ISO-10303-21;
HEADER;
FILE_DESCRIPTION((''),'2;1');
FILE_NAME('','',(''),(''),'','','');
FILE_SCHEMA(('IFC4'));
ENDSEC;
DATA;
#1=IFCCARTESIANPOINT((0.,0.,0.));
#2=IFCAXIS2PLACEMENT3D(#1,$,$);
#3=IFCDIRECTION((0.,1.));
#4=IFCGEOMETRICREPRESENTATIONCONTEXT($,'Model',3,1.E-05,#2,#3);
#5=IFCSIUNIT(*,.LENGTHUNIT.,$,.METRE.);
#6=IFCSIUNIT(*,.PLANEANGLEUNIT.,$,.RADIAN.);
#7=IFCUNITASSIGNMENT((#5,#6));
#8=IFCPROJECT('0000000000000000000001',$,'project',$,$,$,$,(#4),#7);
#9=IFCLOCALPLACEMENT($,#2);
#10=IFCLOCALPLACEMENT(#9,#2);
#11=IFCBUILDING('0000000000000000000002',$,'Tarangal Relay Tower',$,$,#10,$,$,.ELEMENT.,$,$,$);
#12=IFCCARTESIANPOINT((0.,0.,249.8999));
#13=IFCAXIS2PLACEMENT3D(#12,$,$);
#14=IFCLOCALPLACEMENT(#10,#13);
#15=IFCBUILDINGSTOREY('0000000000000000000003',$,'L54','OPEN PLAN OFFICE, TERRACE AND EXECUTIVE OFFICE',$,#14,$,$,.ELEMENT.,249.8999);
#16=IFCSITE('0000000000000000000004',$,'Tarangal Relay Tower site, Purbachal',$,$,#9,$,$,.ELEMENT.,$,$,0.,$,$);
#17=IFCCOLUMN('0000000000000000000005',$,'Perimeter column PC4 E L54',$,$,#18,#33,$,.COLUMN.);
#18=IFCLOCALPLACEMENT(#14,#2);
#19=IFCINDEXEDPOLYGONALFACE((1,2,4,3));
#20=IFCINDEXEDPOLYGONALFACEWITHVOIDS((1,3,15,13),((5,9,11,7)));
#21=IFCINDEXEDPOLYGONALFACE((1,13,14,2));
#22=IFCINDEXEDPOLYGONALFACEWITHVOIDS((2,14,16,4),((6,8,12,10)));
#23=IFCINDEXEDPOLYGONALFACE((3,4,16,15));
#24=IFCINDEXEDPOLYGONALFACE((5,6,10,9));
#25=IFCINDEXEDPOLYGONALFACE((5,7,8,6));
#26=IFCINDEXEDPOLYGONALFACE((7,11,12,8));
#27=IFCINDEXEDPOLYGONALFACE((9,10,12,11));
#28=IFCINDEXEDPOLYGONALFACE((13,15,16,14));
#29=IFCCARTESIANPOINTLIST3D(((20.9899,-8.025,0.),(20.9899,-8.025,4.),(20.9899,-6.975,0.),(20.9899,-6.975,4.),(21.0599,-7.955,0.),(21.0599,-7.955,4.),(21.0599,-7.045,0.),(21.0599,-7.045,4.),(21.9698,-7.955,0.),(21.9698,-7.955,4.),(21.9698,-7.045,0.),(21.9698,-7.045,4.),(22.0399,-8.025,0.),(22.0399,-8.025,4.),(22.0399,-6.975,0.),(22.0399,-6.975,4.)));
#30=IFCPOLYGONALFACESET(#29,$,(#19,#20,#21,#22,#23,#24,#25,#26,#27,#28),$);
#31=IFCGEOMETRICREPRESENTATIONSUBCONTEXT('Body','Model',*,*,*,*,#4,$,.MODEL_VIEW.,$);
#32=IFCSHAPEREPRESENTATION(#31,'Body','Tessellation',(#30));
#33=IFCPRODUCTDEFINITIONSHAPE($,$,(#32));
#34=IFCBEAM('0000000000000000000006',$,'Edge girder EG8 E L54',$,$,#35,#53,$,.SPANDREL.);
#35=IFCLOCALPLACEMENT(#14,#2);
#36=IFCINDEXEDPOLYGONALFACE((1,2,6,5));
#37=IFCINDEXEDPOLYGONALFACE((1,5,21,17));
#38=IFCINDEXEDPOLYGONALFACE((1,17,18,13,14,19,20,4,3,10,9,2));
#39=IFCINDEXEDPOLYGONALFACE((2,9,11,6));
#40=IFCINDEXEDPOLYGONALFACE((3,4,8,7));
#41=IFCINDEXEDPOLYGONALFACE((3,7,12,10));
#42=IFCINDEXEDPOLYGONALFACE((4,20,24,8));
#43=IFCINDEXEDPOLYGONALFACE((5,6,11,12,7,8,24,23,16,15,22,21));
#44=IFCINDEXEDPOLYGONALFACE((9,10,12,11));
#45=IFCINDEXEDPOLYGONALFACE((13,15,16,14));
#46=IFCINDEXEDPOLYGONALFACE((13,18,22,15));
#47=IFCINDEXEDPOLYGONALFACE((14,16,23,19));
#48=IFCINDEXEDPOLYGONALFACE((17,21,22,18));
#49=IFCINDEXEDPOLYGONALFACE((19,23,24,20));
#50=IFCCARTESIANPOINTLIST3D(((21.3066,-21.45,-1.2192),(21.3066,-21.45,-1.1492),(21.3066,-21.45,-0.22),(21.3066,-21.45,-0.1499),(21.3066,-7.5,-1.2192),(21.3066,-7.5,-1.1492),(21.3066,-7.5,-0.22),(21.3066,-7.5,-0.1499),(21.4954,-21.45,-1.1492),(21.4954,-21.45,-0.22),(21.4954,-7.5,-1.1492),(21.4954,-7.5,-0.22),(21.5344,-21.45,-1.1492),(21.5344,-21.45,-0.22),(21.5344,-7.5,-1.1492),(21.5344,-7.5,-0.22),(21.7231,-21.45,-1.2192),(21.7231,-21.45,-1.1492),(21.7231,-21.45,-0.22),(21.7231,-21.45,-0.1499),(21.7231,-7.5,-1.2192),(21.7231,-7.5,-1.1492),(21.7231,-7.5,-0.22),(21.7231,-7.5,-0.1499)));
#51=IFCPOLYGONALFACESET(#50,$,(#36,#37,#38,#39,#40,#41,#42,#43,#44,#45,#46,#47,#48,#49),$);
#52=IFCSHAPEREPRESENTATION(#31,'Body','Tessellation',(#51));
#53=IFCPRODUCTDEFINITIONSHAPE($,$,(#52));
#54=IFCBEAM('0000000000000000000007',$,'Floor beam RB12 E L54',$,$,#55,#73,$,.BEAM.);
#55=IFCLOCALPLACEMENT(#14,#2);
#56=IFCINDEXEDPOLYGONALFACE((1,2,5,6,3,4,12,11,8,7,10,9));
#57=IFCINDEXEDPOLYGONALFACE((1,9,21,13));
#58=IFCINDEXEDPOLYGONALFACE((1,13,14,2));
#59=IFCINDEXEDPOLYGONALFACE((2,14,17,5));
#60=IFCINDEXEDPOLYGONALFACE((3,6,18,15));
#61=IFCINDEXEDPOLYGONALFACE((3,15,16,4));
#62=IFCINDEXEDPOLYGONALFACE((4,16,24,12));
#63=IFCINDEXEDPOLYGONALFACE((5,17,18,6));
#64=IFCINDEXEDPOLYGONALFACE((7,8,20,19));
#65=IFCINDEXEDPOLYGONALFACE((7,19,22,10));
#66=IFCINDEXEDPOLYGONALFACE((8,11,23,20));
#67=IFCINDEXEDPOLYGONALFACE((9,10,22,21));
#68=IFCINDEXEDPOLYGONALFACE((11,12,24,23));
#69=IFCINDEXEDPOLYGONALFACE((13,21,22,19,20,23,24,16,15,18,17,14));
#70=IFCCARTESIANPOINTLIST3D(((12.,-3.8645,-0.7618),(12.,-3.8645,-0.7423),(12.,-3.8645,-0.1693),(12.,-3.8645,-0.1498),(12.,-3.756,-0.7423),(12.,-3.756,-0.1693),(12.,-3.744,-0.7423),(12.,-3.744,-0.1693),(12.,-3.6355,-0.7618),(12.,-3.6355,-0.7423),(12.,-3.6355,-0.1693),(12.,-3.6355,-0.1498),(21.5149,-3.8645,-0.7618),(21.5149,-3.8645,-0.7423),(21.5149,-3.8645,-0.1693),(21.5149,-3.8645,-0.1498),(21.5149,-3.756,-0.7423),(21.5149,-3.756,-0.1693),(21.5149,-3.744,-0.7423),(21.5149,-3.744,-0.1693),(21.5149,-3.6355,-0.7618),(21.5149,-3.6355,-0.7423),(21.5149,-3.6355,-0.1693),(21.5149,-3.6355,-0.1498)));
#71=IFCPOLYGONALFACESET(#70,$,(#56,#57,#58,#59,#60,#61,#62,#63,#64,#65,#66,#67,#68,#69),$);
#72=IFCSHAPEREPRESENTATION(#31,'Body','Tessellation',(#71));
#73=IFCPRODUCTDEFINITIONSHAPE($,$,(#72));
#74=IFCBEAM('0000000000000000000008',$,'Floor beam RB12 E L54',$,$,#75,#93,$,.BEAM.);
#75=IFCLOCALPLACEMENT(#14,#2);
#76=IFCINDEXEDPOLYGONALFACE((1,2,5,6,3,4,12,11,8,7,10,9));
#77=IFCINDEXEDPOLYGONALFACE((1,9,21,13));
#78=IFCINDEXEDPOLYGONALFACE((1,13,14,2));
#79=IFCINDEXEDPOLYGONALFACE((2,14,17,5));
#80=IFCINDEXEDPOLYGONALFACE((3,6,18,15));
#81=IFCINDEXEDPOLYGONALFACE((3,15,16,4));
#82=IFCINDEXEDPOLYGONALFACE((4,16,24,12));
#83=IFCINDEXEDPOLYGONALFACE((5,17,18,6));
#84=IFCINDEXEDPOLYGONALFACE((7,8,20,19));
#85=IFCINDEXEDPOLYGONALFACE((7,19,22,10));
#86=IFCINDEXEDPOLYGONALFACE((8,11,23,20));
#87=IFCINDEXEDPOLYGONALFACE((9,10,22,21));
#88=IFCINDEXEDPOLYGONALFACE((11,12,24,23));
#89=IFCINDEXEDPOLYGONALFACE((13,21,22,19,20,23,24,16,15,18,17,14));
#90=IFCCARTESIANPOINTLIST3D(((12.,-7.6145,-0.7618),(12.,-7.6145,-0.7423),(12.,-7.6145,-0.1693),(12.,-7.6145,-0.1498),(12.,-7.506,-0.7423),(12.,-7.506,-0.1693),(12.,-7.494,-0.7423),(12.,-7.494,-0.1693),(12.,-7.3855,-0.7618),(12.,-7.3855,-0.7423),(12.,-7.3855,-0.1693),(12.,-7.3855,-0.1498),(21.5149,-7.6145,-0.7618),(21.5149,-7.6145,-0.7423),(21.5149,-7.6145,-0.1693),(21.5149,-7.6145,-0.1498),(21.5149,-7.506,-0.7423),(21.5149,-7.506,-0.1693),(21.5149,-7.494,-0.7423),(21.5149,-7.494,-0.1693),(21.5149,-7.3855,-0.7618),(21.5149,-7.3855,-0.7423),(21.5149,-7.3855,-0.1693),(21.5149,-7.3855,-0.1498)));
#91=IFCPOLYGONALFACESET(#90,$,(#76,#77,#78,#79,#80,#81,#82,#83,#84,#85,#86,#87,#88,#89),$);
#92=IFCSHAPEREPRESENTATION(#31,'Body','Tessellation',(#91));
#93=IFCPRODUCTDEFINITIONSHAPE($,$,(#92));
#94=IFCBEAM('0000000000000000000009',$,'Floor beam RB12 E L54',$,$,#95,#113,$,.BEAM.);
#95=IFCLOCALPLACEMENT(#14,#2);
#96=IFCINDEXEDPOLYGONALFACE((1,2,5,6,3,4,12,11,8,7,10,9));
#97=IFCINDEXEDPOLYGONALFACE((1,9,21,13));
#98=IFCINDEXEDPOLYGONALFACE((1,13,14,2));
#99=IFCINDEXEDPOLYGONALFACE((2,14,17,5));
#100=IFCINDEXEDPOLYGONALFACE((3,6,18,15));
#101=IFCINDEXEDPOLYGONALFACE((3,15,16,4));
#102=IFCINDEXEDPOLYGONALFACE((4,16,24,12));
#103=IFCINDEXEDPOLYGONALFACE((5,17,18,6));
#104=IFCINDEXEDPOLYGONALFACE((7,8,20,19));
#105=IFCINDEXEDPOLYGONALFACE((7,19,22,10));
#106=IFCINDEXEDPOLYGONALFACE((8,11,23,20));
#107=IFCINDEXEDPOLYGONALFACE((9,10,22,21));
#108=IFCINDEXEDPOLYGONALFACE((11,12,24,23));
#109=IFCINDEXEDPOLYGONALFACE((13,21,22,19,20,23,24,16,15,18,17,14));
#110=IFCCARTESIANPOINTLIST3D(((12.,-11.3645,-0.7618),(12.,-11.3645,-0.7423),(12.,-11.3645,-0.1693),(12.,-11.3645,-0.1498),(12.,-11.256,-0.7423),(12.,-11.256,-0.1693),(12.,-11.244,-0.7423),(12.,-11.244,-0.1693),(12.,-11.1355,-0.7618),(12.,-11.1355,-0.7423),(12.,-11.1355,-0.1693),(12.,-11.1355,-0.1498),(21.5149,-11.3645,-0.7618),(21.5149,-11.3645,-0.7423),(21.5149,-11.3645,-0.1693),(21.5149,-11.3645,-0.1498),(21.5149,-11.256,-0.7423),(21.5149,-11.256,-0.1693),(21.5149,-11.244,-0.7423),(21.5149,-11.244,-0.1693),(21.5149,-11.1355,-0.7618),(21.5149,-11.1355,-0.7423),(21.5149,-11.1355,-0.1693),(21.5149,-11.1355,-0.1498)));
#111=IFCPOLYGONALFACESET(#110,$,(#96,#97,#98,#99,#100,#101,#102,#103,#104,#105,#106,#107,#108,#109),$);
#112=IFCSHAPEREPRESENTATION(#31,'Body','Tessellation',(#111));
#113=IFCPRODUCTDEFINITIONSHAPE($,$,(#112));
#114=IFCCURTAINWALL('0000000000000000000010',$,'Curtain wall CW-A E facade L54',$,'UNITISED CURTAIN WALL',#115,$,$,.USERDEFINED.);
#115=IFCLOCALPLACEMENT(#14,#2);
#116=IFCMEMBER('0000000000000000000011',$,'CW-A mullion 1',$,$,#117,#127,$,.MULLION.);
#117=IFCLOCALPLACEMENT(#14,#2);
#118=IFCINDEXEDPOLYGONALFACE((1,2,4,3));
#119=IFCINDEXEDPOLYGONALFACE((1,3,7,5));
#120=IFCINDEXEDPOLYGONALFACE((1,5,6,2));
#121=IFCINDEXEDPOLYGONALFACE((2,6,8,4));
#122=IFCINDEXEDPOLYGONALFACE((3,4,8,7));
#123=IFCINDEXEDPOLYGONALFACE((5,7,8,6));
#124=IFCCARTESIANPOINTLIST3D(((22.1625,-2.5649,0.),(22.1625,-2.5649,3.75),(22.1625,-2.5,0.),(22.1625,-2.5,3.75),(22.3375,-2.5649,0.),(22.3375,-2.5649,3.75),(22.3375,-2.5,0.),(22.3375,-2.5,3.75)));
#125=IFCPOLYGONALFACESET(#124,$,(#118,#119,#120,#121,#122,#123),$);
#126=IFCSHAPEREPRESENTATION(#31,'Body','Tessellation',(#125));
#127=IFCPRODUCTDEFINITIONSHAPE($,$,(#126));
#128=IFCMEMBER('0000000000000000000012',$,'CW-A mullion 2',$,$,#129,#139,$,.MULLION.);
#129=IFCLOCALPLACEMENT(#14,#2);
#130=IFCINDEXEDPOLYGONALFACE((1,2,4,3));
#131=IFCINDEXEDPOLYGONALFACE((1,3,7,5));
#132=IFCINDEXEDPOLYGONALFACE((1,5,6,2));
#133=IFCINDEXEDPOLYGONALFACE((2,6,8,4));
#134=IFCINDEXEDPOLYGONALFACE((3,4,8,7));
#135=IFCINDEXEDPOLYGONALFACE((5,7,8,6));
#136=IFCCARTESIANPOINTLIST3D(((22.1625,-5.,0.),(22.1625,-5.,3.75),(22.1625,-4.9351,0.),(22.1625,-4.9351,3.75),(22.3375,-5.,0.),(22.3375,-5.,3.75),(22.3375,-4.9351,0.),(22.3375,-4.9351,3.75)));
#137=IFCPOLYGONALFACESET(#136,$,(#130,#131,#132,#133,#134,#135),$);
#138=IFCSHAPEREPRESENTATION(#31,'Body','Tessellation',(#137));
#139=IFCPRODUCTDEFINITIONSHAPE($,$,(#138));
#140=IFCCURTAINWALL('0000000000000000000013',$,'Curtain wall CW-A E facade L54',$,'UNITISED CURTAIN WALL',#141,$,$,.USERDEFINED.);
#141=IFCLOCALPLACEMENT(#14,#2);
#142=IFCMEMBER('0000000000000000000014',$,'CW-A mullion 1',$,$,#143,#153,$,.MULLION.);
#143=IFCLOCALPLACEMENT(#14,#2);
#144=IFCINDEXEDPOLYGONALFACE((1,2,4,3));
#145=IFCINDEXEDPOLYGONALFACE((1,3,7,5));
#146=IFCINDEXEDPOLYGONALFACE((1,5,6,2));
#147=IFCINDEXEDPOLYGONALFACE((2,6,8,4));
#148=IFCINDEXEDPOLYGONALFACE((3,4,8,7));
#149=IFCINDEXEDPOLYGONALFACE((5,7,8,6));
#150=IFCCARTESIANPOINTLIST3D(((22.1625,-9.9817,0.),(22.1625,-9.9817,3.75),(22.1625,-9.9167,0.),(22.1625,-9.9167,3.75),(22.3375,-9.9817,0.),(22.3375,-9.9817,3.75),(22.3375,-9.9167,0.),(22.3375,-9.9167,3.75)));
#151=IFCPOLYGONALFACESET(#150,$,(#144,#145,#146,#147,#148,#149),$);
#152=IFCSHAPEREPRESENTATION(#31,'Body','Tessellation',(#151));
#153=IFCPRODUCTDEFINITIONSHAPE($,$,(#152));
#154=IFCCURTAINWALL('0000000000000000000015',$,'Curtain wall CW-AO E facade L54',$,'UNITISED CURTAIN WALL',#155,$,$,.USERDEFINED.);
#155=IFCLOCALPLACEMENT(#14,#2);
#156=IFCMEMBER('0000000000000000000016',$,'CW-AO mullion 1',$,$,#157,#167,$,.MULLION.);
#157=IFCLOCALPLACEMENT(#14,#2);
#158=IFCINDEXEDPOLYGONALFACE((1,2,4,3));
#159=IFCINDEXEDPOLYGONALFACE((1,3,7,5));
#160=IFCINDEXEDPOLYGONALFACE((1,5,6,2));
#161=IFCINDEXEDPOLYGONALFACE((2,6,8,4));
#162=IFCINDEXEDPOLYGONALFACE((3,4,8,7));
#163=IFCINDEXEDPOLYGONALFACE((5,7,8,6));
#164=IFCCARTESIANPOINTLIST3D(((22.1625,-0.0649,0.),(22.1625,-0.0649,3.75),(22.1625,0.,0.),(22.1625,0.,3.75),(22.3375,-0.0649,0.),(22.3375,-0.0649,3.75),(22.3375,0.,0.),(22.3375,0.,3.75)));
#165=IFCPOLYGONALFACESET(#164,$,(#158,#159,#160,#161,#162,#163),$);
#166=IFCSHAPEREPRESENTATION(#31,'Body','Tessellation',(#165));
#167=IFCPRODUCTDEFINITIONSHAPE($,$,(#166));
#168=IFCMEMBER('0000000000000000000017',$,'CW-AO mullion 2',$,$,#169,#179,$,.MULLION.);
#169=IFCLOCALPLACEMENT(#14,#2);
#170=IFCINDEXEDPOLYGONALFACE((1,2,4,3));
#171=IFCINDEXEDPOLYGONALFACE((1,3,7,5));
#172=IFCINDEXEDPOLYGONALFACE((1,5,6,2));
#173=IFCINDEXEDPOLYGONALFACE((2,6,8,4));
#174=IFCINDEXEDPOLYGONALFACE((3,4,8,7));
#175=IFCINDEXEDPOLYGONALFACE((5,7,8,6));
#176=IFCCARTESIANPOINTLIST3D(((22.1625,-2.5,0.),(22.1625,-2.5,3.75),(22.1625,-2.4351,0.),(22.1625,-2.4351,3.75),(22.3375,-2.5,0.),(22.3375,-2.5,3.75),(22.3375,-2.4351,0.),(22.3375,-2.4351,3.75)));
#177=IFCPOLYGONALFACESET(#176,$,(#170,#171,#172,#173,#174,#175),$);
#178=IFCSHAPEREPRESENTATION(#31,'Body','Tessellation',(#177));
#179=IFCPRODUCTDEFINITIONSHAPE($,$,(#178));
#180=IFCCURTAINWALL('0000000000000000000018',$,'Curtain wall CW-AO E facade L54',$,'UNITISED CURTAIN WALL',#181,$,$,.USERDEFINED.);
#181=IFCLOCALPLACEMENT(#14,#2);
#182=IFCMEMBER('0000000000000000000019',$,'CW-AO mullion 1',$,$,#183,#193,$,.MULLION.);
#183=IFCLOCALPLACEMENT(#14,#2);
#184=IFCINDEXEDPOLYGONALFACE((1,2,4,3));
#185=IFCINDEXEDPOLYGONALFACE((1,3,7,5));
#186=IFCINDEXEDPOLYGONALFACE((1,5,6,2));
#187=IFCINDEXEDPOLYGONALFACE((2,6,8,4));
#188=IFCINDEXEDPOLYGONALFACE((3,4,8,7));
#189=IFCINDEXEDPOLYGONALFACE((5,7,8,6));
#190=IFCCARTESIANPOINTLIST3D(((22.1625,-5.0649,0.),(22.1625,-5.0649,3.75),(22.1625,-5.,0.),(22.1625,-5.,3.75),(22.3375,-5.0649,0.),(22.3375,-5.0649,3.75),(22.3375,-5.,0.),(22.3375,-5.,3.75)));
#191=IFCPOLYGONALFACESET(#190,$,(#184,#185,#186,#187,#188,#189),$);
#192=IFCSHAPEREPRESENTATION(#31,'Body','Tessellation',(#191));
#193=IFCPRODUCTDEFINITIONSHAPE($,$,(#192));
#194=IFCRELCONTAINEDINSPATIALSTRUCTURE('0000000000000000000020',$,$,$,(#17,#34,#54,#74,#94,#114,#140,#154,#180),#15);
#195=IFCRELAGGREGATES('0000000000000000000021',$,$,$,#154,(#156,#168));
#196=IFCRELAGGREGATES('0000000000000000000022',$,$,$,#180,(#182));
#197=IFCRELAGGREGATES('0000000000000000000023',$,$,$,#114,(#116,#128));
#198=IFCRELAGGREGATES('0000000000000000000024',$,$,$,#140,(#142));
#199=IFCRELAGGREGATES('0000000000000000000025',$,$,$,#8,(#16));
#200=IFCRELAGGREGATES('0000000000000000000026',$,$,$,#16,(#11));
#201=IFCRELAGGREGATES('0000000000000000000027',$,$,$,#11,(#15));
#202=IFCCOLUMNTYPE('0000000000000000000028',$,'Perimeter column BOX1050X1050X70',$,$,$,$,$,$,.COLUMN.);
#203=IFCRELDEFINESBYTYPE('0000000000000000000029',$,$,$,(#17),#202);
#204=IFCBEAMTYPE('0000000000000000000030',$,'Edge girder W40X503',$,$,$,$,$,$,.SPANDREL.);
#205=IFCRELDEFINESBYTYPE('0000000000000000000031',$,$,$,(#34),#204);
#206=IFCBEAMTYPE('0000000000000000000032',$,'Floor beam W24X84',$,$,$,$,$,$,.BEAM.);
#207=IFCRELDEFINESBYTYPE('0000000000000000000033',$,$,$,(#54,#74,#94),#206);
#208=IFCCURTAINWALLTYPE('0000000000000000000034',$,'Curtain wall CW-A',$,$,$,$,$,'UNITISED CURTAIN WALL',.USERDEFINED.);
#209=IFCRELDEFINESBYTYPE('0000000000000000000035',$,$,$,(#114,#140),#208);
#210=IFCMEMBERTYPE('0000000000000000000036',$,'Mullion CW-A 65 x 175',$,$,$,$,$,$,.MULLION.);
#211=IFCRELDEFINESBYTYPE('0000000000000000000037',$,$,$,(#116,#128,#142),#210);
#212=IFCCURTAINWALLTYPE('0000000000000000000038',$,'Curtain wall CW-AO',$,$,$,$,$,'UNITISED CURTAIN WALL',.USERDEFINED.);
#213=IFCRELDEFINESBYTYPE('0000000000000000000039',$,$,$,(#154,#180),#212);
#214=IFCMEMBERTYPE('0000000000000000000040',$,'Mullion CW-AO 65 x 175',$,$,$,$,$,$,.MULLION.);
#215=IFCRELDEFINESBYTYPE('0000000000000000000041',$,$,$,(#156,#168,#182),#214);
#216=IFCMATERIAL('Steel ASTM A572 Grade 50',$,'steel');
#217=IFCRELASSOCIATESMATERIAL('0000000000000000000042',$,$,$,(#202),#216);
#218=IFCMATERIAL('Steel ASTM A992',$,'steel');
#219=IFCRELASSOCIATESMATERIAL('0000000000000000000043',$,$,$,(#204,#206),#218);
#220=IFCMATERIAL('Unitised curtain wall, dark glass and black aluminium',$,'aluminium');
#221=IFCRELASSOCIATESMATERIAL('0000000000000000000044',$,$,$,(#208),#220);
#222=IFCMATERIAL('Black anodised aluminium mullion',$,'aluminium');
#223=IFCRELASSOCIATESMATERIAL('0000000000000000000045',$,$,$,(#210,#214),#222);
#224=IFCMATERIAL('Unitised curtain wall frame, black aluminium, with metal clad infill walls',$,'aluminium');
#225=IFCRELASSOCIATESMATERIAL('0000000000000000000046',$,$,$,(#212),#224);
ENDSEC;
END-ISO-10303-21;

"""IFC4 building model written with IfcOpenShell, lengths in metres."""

from ifc_helpers import new_model, si_unit, direction, frame, origin, origin_2d, place, context, subcontext, project, spatial, rectangle, hollow_rectangle, i_section, extrude, material, material_profile, profile_set, type_object, element, aggregate, save


model = new_model("IFC4")

# Units and contexts
model_context = context("Model", 3, precision=1e-05, world=origin(), true_north=direction((0.0, 1.0)))
body_context = subcontext(model_context, "Body", "Model", "MODEL_VIEW")
ifc_project = project(units=[si_unit("LENGTHUNIT", "METRE"), si_unit("PLANEANGLEUNIT", "RADIAN")], contexts=[model_context])

# Site, building, storey
site_placement = place(None, origin())
site = spatial("IfcSite", under=ifc_project, at=site_placement, Name="Tarangal Relay Tower site, Purbachal", CompositionType="ELEMENT", RefElevation=0.0)
building_placement = place(site_placement, origin())
building = spatial("IfcBuilding", under=site, at=building_placement, Name="Tarangal Relay Tower", CompositionType="ELEMENT")
storey_placement = place(building_placement, frame((0.0, 0.0, 249.8999)))
storey = spatial("IfcBuildingStorey", under=building, at=storey_placement, Name="L54", Description="OPEN PLAN OFFICE, TERRACE AND EXECUTIVE OFFICE", CompositionType="ELEMENT", Elevation=249.8999)

# Column
ifc_material_1 = material(Name="Steel ASTM A572 Grade 50", Category="steel")
ifc_material_profile_1 = material_profile(ifc_material_1, hollow_rectangle(XDim=1.05, YDim=1.05, WallThickness=0.0701, at=origin_2d()), Name="BOX1050X1050X70")
ifc_profile_set_1 = profile_set([ifc_material_profile_1], Name="Steel ASTM A572 Grade 50")
column_type = type_object("IfcColumnType", Name="Perimeter column BOX1050X1050X70", PredefinedType="COLUMN", material=ifc_profile_set_1)
column_placement = place(storey_placement, frame((21.5149, -7.5, 0.0), z_axis=(0.0, 0.0, 1.0), x_axis=(1.0, 0.0, 0.0)))
element("IfcColumn", 1, at=column_placement, inside=storey, type_object=column_type, Name="Perimeter column PC4 E L54", PredefinedType="COLUMN", context=body_context, shape_type="SweptSolid", body=[
    extrude(hollow_rectangle(XDim=1.05, YDim=1.05, WallThickness=0.0701, at=origin_2d()), origin(), (0.0, 0.0, 1.0), 4.0),
])

# Beams
ifc_material_2 = material(Name="Steel ASTM A992", Category="steel")
ifc_material_profile_2 = material_profile(ifc_material_2, i_section(OverallWidth=0.4165, OverallDepth=1.0693, WebThickness=0.0391, FlangeThickness=0.0701, at=origin_2d()), Name="W40X503")
ifc_profile_set_2 = profile_set([ifc_material_profile_2], Name="Steel ASTM A992")
beam_type_1 = type_object("IfcBeamType", Name="Edge girder W40X503", PredefinedType="SPANDREL", material=ifc_profile_set_2)
beam_placement = place(storey_placement, frame((21.5149, -7.5, -0.6846), z_axis=(0.0, -1.0, 0.0), x_axis=(1.0, 0.0, 0.0)))
element("IfcBeam", 2, at=beam_placement, inside=storey, type_object=beam_type_1, Name="Edge girder EG8 E L54", PredefinedType="SPANDREL", context=body_context, shape_type="SweptSolid", body=[
    extrude(i_section(OverallWidth=0.4165, OverallDepth=1.0693, WebThickness=0.0391, FlangeThickness=0.0701, at=origin_2d()), origin(), (0.0, 0.0, 1.0), 13.95),
])
ifc_material_profile_3 = material_profile(ifc_material_2, i_section(OverallWidth=0.229, OverallDepth=0.6121, WebThickness=0.012, FlangeThickness=0.0195, at=origin_2d()), Name="W24X84")
ifc_profile_set_3 = profile_set([ifc_material_profile_3], Name="Steel ASTM A992")
beam_type_2 = type_object("IfcBeamType", Name="Floor beam W24X84", PredefinedType="BEAM", material=ifc_profile_set_3)
for number, where, z_axis, x_axis, name in (
    (3, (12.0, -3.75, -0.4558), (1.0, 0.0, 0.0), (0.0, 1.0, 0.0), "Floor beam RB12 E L54"),
    (4, (12.0, -7.5, -0.4558), (1.0, 0.0, 0.0), (0.0, 1.0, 0.0), "Floor beam RB12 E L54"),
    (5, (12.0, -11.25, -0.4558), (1.0, 0.0, 0.0), (0.0, 1.0, 0.0), "Floor beam RB12 E L54"),
):
    element("IfcBeam", number, at=place(storey_placement, frame(where, z_axis=z_axis, x_axis=x_axis)), inside=storey, type_object=beam_type_2, Name=name, PredefinedType="BEAM", context=body_context, shape_type="SweptSolid", body=[
        extrude(i_section(OverallWidth=0.229, OverallDepth=0.6121, WebThickness=0.012, FlangeThickness=0.0195, at=origin_2d()), origin(), (0.0, 0.0, 1.0), 9.5149),
    ])

# Curtain wall, members
ifc_material_3 = material(Name="Unitised curtain wall, dark glass and black aluminium", Category="aluminium")
curtain_wall_type_1 = type_object("IfcCurtainWallType", Name="Curtain wall CW-A", ElementType="UNITISED CURTAIN WALL", PredefinedType="USERDEFINED", material=ifc_material_3)
curtain_wall_1_placement = place(storey_placement, origin())
curtain_wall_1 = element("IfcCurtainWall", 6, at=curtain_wall_1_placement, inside=storey, type_object=curtain_wall_type_1, Name="Curtain wall CW-A E facade L54", ObjectType="UNITISED CURTAIN WALL", PredefinedType="USERDEFINED")
ifc_material_4 = material(Name="Black anodised aluminium mullion", Category="aluminium")
ifc_material_profile_4 = material_profile(ifc_material_4, rectangle(XDim=0.175, YDim=0.0649, at=origin_2d()), Name="CW-AM 65X175")
ifc_profile_set_4 = profile_set([ifc_material_profile_4], Name="Black anodised aluminium mullion")
member_type_1 = type_object("IfcMemberType", Name="Mullion CW-A 65 x 175", PredefinedType="MULLION", material=ifc_profile_set_4)
member_1_placement = place(storey_placement, frame((22.25, -2.5325, 0.0), z_axis=(0.0, 0.0, 1.0), x_axis=(1.0, 0.0, 0.0)))
member_1 = element("IfcMember", 7, at=member_1_placement, type_object=member_type_1, Name="CW-A mullion 1", PredefinedType="MULLION", context=body_context, shape_type="SweptSolid", body=[
    extrude(rectangle(XDim=0.175, YDim=0.0649, at=origin_2d()), origin(), (0.0, 0.0, 1.0), 3.75),
])
member_2_placement = place(storey_placement, frame((22.25, -4.9675, 0.0), z_axis=(0.0, 0.0, 1.0), x_axis=(1.0, 0.0, 0.0)))
member_2 = element("IfcMember", 8, at=member_2_placement, type_object=member_type_1, Name="CW-A mullion 2", PredefinedType="MULLION", context=body_context, shape_type="SweptSolid", body=[
    extrude(rectangle(XDim=0.175, YDim=0.0649, at=origin_2d()), origin(), (0.0, 0.0, 1.0), 3.75),
])

# Curtain wall, member
curtain_wall_2_placement = place(storey_placement, origin())
curtain_wall_2 = element("IfcCurtainWall", 9, at=curtain_wall_2_placement, inside=storey, type_object=curtain_wall_type_1, Name="Curtain wall CW-A E facade L54", ObjectType="UNITISED CURTAIN WALL", PredefinedType="USERDEFINED")
member_3_placement = place(storey_placement, frame((22.25, -9.9492, 0.0), z_axis=(0.0, 0.0, 1.0), x_axis=(1.0, 0.0, 0.0)))
member_3 = element("IfcMember", 10, at=member_3_placement, type_object=member_type_1, Name="CW-A mullion 1", PredefinedType="MULLION", context=body_context, shape_type="SweptSolid", body=[
    extrude(rectangle(XDim=0.175, YDim=0.0649, at=origin_2d()), origin(), (0.0, 0.0, 1.0), 3.75),
])

# Curtain walls, members
ifc_material_5 = material(Name="Unitised curtain wall frame, black aluminium, with metal clad infill walls", Category="aluminium")
curtain_wall_type_2 = type_object("IfcCurtainWallType", Name="Curtain wall CW-AO", ElementType="UNITISED CURTAIN WALL", PredefinedType="USERDEFINED", material=ifc_material_5)
curtain_wall_3_placement = place(storey_placement, origin())
curtain_wall_3 = element("IfcCurtainWall", 11, at=curtain_wall_3_placement, inside=storey, type_object=curtain_wall_type_2, Name="Curtain wall CW-AO E facade L54", ObjectType="UNITISED CURTAIN WALL", PredefinedType="USERDEFINED")
ifc_material_profile_5 = material_profile(ifc_material_4, rectangle(XDim=0.175, YDim=0.0649, at=origin_2d()), Name="CW-AOM 65X175")
ifc_profile_set_5 = profile_set([ifc_material_profile_5], Name="Black anodised aluminium mullion")
member_type_2 = type_object("IfcMemberType", Name="Mullion CW-AO 65 x 175", PredefinedType="MULLION", material=ifc_profile_set_5)
member_4_placement = place(storey_placement, frame((22.25, -0.0325, 0.0), z_axis=(0.0, 0.0, 1.0), x_axis=(1.0, 0.0, 0.0)))
member_4 = element("IfcMember", 12, at=member_4_placement, type_object=member_type_2, Name="CW-AO mullion 1", PredefinedType="MULLION", context=body_context, shape_type="SweptSolid", body=[
    extrude(rectangle(XDim=0.175, YDim=0.0649, at=origin_2d()), origin(), (0.0, 0.0, 1.0), 3.75),
])
member_5_placement = place(storey_placement, frame((22.25, -2.4675, 0.0), z_axis=(0.0, 0.0, 1.0), x_axis=(1.0, 0.0, 0.0)))
member_5 = element("IfcMember", 13, at=member_5_placement, type_object=member_type_2, Name="CW-AO mullion 2", PredefinedType="MULLION", context=body_context, shape_type="SweptSolid", body=[
    extrude(rectangle(XDim=0.175, YDim=0.0649, at=origin_2d()), origin(), (0.0, 0.0, 1.0), 3.75),
])
curtain_wall_4_placement = place(storey_placement, origin())
curtain_wall_4 = element("IfcCurtainWall", 14, at=curtain_wall_4_placement, inside=storey, type_object=curtain_wall_type_2, Name="Curtain wall CW-AO E facade L54", ObjectType="UNITISED CURTAIN WALL", PredefinedType="USERDEFINED")
member_6_placement = place(storey_placement, frame((22.25, -5.0325, 0.0), z_axis=(0.0, 0.0, 1.0), x_axis=(1.0, 0.0, 0.0)))
member_6 = element("IfcMember", 15, at=member_6_placement, type_object=member_type_2, Name="CW-AO mullion 1", PredefinedType="MULLION", context=body_context, shape_type="SweptSolid", body=[
    extrude(rectangle(XDim=0.175, YDim=0.0649, at=origin_2d()), origin(), (0.0, 0.0, 1.0), 3.75),
])

aggregate(curtain_wall_3, [member_4, member_5])
aggregate(curtain_wall_4, [member_6])

aggregate(curtain_wall_1, [member_1, member_2])
aggregate(curtain_wall_2, [member_3])

save(model, "model.ifc")
